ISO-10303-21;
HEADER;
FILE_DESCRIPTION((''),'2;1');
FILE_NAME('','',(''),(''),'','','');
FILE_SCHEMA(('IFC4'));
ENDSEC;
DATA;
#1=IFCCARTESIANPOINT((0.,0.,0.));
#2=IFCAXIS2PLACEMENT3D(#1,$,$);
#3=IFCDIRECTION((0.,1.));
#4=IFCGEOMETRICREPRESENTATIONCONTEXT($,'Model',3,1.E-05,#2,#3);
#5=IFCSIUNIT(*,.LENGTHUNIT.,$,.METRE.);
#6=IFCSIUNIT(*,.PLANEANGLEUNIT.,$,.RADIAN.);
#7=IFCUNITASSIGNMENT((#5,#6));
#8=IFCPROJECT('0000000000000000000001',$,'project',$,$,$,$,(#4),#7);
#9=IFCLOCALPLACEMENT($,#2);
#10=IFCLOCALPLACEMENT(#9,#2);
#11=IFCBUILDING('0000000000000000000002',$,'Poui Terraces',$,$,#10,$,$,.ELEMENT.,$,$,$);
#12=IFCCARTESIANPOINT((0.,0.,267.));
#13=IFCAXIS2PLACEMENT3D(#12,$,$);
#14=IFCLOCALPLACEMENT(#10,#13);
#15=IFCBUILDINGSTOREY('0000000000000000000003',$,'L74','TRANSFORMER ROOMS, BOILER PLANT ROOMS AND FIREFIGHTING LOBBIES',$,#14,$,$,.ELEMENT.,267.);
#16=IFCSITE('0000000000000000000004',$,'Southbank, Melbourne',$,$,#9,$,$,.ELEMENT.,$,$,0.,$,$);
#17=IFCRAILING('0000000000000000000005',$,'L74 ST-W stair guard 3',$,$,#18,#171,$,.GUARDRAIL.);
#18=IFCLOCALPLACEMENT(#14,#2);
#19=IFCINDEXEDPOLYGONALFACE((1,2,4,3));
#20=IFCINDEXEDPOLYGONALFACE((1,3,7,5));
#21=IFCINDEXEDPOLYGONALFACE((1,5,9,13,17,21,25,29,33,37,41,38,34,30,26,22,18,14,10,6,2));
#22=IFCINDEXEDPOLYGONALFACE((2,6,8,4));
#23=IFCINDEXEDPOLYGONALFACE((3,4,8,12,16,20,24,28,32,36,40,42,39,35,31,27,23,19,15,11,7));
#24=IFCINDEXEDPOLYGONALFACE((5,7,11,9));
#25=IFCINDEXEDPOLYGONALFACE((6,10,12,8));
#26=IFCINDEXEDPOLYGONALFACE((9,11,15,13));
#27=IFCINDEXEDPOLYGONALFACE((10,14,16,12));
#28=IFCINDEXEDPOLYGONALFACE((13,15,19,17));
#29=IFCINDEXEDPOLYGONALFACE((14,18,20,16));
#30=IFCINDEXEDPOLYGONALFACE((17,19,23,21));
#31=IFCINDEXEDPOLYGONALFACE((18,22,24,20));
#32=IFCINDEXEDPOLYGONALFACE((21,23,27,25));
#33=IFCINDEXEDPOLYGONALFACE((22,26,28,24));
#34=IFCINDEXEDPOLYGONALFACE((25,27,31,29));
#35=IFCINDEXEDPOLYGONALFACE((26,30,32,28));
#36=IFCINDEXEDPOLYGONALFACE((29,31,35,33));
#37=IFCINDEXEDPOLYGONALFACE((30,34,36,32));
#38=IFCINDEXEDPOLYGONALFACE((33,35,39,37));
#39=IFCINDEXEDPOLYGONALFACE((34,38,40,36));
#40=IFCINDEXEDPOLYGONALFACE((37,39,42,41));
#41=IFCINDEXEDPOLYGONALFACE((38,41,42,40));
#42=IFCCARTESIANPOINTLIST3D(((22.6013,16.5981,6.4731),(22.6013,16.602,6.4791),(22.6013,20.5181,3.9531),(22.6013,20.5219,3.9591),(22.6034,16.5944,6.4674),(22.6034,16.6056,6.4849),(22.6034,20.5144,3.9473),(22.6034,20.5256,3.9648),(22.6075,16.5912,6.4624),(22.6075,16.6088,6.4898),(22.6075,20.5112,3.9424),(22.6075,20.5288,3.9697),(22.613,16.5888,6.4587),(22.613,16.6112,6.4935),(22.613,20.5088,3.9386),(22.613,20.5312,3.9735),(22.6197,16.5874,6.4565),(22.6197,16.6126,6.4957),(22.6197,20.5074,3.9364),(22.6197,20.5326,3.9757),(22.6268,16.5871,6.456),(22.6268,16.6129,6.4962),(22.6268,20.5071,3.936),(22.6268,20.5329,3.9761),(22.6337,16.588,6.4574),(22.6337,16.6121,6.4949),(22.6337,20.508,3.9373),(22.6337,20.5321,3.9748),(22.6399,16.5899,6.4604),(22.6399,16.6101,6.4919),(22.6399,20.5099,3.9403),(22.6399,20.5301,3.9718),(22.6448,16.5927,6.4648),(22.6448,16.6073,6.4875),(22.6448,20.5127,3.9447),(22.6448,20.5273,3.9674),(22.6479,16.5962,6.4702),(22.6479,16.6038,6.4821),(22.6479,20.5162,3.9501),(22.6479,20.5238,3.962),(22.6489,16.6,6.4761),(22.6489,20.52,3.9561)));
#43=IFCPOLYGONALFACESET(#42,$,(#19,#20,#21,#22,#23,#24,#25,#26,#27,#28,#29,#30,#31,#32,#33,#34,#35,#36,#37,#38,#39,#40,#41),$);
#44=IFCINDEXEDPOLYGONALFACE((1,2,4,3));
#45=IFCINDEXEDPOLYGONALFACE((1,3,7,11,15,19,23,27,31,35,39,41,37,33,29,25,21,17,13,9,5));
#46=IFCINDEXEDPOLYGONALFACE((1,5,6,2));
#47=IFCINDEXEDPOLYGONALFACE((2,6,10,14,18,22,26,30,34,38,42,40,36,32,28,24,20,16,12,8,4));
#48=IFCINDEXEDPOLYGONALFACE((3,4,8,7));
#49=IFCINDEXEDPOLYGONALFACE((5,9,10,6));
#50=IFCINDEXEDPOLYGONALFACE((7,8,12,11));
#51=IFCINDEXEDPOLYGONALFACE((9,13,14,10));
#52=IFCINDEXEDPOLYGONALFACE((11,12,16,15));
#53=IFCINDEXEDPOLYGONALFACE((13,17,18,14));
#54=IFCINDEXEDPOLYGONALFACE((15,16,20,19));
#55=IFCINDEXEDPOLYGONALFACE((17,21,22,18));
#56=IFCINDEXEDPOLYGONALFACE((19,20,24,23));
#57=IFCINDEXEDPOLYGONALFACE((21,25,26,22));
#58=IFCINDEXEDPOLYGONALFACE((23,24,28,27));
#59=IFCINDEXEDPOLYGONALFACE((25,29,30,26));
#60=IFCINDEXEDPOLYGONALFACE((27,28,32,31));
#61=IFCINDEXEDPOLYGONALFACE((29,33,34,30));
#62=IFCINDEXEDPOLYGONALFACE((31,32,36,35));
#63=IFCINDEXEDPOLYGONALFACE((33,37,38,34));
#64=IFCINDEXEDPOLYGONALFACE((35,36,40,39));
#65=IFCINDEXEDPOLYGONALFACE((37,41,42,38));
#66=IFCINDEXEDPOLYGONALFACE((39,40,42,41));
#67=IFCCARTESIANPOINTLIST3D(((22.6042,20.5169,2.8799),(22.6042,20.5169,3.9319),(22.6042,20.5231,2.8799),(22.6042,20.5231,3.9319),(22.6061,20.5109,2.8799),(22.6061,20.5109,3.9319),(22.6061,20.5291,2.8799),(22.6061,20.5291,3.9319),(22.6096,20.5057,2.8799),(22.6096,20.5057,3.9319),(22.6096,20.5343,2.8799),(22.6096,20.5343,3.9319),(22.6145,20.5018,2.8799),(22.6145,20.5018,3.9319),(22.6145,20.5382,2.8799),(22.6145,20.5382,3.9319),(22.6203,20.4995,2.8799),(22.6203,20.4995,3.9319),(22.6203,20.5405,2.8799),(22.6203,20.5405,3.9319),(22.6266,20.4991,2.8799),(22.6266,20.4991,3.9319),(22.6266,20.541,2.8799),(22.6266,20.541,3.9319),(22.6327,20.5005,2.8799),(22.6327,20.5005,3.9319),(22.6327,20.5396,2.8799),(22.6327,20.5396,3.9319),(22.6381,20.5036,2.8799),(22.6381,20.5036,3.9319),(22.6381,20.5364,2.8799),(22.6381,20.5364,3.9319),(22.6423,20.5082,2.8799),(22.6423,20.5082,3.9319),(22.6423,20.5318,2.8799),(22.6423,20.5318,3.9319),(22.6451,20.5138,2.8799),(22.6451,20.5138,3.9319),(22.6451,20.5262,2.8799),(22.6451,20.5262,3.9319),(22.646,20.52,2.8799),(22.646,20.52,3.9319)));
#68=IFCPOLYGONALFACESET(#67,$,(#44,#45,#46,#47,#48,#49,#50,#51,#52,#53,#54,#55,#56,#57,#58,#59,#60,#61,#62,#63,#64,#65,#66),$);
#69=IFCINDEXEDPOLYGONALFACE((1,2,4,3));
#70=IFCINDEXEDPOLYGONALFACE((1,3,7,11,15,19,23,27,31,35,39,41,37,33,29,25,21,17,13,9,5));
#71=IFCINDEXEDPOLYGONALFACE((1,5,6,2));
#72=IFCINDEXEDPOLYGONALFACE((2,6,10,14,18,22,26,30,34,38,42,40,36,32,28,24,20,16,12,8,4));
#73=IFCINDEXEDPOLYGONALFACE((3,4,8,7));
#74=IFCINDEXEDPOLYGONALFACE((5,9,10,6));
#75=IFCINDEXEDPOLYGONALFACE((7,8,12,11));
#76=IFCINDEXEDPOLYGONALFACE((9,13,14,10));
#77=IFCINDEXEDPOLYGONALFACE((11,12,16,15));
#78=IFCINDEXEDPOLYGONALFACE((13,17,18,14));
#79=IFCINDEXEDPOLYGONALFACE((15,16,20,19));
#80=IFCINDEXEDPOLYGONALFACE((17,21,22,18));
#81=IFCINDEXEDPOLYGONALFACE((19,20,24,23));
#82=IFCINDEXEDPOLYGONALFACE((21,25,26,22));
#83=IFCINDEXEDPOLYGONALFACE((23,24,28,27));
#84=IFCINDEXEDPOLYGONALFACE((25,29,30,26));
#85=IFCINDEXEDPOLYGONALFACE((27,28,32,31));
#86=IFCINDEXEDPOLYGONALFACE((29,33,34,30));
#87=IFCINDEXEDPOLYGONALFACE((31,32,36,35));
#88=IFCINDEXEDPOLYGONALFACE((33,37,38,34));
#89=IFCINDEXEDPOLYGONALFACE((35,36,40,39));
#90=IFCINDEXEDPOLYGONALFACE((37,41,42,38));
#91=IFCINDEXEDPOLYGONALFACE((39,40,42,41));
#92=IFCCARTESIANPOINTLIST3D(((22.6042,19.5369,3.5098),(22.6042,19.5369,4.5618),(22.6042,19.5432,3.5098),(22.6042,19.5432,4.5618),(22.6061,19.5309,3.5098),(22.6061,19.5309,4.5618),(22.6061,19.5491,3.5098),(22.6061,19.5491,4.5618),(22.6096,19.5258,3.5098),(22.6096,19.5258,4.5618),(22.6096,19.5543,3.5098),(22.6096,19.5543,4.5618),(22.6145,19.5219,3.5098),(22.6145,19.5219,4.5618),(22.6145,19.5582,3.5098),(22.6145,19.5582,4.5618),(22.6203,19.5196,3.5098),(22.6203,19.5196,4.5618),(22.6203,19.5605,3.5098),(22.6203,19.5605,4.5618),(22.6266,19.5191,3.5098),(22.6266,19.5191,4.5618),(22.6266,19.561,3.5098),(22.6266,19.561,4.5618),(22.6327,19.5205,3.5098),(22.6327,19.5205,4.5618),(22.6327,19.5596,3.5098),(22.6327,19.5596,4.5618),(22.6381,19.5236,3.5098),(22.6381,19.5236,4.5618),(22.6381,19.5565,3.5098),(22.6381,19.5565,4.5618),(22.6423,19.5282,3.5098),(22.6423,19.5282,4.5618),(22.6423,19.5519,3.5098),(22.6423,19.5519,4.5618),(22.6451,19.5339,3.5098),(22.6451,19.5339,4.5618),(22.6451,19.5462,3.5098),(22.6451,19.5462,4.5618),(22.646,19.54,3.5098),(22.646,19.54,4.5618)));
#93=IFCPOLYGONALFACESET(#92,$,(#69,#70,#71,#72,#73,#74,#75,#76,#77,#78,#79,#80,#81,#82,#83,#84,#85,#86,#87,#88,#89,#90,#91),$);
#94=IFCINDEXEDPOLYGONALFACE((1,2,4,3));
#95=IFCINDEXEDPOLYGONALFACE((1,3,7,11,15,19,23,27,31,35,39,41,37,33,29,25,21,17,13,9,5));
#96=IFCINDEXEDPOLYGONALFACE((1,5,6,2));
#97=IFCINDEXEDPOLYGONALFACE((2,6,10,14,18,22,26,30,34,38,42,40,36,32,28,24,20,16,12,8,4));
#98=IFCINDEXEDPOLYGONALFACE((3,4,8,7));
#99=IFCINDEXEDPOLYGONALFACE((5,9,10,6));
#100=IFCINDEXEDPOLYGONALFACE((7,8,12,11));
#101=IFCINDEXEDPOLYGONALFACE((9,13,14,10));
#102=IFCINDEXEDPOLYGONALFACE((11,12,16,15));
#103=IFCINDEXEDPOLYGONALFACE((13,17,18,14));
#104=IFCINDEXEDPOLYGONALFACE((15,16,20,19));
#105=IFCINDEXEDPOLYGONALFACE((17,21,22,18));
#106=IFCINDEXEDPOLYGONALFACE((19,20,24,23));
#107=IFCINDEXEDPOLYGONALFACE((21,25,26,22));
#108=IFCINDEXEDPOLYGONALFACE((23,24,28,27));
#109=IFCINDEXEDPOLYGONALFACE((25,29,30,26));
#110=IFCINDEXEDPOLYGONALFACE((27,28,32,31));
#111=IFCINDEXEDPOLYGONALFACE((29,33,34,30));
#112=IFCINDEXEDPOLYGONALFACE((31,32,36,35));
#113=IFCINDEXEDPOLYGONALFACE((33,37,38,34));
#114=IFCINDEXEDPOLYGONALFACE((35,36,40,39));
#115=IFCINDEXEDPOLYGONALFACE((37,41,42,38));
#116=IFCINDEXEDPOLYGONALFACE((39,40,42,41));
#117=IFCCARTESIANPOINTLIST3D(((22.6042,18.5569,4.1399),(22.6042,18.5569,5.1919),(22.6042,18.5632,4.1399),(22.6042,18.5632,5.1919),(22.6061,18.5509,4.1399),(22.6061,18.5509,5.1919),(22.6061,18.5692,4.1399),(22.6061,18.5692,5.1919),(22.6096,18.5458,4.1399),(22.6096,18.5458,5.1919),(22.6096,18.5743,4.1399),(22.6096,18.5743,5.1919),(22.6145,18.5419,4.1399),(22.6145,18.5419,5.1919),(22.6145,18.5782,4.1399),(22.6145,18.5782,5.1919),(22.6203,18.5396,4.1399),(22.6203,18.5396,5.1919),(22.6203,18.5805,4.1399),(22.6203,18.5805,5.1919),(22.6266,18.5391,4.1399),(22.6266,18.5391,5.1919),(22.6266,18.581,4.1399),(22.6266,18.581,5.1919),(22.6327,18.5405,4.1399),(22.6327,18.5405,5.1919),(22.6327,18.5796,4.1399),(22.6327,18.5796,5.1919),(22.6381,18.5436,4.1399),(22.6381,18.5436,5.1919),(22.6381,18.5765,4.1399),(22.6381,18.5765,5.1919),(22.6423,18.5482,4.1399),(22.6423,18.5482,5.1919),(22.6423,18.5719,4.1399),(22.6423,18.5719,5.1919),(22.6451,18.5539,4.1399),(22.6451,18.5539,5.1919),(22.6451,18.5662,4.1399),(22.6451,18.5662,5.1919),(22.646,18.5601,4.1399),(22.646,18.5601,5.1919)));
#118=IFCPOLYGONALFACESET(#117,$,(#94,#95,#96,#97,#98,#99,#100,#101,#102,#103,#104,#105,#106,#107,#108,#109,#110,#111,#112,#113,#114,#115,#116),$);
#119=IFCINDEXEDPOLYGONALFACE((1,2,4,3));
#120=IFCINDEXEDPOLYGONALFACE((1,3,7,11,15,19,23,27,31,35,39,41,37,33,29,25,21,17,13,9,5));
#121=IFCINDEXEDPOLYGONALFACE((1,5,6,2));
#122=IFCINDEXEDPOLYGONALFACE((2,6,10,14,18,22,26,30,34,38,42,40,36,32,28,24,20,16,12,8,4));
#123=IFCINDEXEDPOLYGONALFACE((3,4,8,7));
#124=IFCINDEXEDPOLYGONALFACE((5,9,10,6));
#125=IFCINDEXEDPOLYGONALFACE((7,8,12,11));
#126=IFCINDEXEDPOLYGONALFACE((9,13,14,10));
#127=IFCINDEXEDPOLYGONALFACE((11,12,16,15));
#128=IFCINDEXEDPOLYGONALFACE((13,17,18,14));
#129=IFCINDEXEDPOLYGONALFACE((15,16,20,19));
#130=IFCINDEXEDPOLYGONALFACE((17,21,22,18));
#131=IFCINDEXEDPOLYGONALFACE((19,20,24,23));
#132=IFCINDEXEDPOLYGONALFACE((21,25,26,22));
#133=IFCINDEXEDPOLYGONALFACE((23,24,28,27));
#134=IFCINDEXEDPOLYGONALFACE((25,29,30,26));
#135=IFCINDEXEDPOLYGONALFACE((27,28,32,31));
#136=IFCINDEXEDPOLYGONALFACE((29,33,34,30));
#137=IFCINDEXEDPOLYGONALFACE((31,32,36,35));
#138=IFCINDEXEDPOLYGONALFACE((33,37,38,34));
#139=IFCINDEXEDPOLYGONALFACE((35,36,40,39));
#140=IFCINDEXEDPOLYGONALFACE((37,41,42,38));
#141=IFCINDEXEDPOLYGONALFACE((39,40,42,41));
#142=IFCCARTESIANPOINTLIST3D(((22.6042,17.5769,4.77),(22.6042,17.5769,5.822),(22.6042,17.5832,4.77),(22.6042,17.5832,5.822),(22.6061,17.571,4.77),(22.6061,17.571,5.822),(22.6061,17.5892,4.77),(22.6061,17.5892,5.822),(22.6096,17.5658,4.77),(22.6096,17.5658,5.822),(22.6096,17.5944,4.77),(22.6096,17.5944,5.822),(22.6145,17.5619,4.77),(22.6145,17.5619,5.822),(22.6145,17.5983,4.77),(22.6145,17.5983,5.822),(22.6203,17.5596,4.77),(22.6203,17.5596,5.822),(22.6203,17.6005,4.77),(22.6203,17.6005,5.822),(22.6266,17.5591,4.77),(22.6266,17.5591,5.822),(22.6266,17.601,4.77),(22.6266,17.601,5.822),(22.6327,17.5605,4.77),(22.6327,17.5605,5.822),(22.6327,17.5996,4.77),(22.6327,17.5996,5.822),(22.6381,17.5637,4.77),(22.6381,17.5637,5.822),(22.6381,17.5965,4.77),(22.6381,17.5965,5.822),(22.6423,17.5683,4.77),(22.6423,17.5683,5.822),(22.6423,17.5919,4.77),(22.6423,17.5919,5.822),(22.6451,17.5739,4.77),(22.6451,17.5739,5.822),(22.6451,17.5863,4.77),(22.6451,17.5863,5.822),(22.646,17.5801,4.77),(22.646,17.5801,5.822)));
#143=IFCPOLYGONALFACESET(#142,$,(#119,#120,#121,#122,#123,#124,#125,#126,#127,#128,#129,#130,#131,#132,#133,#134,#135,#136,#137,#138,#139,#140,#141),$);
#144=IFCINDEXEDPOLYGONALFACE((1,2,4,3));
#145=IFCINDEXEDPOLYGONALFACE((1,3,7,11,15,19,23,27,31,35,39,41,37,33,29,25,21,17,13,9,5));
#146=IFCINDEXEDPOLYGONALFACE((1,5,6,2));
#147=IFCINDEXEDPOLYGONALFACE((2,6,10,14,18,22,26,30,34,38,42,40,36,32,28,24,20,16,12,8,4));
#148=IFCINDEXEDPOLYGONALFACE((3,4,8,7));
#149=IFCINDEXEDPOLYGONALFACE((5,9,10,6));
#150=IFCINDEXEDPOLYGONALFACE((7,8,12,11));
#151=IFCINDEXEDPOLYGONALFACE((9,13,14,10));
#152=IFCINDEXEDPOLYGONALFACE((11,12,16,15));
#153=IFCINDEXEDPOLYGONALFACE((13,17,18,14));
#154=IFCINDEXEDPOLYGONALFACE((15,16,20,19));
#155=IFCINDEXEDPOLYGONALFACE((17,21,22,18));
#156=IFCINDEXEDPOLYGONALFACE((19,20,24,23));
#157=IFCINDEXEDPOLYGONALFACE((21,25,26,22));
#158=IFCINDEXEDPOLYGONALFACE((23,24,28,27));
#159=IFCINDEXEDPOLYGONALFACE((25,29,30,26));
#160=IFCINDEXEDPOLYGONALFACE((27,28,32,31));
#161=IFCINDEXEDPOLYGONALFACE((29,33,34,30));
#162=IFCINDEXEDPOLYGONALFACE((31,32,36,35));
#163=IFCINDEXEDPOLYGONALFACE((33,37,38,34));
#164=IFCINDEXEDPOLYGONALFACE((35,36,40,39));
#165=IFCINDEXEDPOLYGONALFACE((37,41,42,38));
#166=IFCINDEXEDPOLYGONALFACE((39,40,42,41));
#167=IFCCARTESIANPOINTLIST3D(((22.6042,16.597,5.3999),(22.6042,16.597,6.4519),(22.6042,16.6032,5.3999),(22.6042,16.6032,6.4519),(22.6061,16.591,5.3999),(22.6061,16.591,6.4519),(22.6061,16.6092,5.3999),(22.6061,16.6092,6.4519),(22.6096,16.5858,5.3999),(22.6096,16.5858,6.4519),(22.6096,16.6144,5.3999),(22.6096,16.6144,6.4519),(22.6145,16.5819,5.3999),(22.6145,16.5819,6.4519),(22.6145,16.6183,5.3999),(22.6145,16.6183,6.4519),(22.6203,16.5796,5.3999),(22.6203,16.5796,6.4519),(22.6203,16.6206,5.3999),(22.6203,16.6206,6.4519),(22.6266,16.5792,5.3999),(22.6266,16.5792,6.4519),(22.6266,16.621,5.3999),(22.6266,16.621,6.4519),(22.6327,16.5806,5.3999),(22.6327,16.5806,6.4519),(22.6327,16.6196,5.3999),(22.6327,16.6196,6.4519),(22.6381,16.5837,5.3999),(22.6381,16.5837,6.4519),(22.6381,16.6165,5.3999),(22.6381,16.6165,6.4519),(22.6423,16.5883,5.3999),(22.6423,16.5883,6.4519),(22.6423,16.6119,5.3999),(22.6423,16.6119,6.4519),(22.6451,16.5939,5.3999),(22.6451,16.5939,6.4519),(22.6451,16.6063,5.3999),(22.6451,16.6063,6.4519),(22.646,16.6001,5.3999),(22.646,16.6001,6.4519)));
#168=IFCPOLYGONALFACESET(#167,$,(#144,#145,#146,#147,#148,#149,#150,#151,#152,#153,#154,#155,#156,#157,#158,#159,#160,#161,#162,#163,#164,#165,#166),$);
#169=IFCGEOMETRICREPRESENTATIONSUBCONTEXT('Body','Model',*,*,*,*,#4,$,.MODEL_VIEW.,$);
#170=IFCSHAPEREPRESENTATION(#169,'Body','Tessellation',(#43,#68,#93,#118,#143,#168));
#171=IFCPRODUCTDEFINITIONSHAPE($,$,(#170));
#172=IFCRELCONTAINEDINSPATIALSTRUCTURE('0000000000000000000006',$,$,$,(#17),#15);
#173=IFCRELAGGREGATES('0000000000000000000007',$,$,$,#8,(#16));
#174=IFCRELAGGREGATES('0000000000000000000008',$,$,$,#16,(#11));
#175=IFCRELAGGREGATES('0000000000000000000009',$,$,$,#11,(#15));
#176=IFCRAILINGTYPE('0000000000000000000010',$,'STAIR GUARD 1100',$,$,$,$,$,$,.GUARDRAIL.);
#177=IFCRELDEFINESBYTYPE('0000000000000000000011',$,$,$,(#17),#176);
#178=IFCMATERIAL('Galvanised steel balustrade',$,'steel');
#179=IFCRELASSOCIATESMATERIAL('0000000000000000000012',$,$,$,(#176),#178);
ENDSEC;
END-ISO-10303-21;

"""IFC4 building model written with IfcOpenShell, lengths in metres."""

from ifc_helpers import new_model, si_unit, direction, frame, origin, origin_2d, place, context, subcontext, project, spatial, circle, extrude, material, type_object, element, save


model = new_model("IFC4")

# Units and contexts
model_context = context("Model", 3, precision=1e-05, world=origin(), true_north=direction((0.0, 1.0)))
body_context = subcontext(model_context, "Body", "Model", "MODEL_VIEW")
ifc_project = project(units=[si_unit("LENGTHUNIT", "METRE"), si_unit("PLANEANGLEUNIT", "RADIAN")], contexts=[model_context])

# Site, building, storey
site_placement = place(None, origin())
site = spatial("IfcSite", under=ifc_project, at=site_placement, Name="Southbank, Melbourne", CompositionType="ELEMENT", RefElevation=0.0)
building_placement = place(site_placement, origin())
building = spatial("IfcBuilding", under=site, at=building_placement, Name="Poui Terraces", CompositionType="ELEMENT")
storey_placement = place(building_placement, frame((0.0, 0.0, 267.0)))
storey = spatial("IfcBuildingStorey", under=building, at=storey_placement, Name="L74", Description="TRANSFORMER ROOMS, BOILER PLANT ROOMS AND FIREFIGHTING LOBBIES", CompositionType="ELEMENT", Elevation=267.0)

# Railing
ifc_material_1 = material(Name="Galvanised steel balustrade", Category="steel")
railing_type_1 = type_object("IfcRailingType", Name="STAIR GUARD 1100", PredefinedType="GUARDRAIL", material=ifc_material_1)
railing_1_placement = place(storey_placement, frame((22.625, 20.52, 2.8799)))
element("IfcRailing", 1, at=railing_1_placement, inside=storey, type_object=railing_type_1, Name="L74 ST-W stair guard 3", PredefinedType="GUARDRAIL", context=body_context, shape_type="SweptSolid", body=[
    extrude(circle(Radius=0.0239, at=origin_2d()), frame((0.0, 0.0, 1.0762), z_axis=(0.0, -0.841172, 0.540768), x_axis=(1.0, 0.0, 0.0)), (0.0, 0.0, 1.0), 4.6602),
    extrude(circle(Radius=0.021, at=origin_2d()), origin(), (0.0, 0.0, 1.0), 1.052),
    extrude(circle(Radius=0.021, at=origin_2d()), frame((0.0, -0.98, 0.6299)), (0.0, 0.0, 1.0), 1.052),
    extrude(circle(Radius=0.021, at=origin_2d()), frame((0.0, -1.96, 1.26)), (0.0, 0.0, 1.0), 1.052),
    extrude(circle(Radius=0.021, at=origin_2d()), frame((0.0, -2.9399, 1.8901)), (0.0, 0.0, 1.0), 1.052),
    extrude(circle(Radius=0.021, at=origin_2d()), frame((0.0, -3.9199, 2.52)), (0.0, 0.0, 1.0), 1.052),
])

save(model, "model.ifc")
